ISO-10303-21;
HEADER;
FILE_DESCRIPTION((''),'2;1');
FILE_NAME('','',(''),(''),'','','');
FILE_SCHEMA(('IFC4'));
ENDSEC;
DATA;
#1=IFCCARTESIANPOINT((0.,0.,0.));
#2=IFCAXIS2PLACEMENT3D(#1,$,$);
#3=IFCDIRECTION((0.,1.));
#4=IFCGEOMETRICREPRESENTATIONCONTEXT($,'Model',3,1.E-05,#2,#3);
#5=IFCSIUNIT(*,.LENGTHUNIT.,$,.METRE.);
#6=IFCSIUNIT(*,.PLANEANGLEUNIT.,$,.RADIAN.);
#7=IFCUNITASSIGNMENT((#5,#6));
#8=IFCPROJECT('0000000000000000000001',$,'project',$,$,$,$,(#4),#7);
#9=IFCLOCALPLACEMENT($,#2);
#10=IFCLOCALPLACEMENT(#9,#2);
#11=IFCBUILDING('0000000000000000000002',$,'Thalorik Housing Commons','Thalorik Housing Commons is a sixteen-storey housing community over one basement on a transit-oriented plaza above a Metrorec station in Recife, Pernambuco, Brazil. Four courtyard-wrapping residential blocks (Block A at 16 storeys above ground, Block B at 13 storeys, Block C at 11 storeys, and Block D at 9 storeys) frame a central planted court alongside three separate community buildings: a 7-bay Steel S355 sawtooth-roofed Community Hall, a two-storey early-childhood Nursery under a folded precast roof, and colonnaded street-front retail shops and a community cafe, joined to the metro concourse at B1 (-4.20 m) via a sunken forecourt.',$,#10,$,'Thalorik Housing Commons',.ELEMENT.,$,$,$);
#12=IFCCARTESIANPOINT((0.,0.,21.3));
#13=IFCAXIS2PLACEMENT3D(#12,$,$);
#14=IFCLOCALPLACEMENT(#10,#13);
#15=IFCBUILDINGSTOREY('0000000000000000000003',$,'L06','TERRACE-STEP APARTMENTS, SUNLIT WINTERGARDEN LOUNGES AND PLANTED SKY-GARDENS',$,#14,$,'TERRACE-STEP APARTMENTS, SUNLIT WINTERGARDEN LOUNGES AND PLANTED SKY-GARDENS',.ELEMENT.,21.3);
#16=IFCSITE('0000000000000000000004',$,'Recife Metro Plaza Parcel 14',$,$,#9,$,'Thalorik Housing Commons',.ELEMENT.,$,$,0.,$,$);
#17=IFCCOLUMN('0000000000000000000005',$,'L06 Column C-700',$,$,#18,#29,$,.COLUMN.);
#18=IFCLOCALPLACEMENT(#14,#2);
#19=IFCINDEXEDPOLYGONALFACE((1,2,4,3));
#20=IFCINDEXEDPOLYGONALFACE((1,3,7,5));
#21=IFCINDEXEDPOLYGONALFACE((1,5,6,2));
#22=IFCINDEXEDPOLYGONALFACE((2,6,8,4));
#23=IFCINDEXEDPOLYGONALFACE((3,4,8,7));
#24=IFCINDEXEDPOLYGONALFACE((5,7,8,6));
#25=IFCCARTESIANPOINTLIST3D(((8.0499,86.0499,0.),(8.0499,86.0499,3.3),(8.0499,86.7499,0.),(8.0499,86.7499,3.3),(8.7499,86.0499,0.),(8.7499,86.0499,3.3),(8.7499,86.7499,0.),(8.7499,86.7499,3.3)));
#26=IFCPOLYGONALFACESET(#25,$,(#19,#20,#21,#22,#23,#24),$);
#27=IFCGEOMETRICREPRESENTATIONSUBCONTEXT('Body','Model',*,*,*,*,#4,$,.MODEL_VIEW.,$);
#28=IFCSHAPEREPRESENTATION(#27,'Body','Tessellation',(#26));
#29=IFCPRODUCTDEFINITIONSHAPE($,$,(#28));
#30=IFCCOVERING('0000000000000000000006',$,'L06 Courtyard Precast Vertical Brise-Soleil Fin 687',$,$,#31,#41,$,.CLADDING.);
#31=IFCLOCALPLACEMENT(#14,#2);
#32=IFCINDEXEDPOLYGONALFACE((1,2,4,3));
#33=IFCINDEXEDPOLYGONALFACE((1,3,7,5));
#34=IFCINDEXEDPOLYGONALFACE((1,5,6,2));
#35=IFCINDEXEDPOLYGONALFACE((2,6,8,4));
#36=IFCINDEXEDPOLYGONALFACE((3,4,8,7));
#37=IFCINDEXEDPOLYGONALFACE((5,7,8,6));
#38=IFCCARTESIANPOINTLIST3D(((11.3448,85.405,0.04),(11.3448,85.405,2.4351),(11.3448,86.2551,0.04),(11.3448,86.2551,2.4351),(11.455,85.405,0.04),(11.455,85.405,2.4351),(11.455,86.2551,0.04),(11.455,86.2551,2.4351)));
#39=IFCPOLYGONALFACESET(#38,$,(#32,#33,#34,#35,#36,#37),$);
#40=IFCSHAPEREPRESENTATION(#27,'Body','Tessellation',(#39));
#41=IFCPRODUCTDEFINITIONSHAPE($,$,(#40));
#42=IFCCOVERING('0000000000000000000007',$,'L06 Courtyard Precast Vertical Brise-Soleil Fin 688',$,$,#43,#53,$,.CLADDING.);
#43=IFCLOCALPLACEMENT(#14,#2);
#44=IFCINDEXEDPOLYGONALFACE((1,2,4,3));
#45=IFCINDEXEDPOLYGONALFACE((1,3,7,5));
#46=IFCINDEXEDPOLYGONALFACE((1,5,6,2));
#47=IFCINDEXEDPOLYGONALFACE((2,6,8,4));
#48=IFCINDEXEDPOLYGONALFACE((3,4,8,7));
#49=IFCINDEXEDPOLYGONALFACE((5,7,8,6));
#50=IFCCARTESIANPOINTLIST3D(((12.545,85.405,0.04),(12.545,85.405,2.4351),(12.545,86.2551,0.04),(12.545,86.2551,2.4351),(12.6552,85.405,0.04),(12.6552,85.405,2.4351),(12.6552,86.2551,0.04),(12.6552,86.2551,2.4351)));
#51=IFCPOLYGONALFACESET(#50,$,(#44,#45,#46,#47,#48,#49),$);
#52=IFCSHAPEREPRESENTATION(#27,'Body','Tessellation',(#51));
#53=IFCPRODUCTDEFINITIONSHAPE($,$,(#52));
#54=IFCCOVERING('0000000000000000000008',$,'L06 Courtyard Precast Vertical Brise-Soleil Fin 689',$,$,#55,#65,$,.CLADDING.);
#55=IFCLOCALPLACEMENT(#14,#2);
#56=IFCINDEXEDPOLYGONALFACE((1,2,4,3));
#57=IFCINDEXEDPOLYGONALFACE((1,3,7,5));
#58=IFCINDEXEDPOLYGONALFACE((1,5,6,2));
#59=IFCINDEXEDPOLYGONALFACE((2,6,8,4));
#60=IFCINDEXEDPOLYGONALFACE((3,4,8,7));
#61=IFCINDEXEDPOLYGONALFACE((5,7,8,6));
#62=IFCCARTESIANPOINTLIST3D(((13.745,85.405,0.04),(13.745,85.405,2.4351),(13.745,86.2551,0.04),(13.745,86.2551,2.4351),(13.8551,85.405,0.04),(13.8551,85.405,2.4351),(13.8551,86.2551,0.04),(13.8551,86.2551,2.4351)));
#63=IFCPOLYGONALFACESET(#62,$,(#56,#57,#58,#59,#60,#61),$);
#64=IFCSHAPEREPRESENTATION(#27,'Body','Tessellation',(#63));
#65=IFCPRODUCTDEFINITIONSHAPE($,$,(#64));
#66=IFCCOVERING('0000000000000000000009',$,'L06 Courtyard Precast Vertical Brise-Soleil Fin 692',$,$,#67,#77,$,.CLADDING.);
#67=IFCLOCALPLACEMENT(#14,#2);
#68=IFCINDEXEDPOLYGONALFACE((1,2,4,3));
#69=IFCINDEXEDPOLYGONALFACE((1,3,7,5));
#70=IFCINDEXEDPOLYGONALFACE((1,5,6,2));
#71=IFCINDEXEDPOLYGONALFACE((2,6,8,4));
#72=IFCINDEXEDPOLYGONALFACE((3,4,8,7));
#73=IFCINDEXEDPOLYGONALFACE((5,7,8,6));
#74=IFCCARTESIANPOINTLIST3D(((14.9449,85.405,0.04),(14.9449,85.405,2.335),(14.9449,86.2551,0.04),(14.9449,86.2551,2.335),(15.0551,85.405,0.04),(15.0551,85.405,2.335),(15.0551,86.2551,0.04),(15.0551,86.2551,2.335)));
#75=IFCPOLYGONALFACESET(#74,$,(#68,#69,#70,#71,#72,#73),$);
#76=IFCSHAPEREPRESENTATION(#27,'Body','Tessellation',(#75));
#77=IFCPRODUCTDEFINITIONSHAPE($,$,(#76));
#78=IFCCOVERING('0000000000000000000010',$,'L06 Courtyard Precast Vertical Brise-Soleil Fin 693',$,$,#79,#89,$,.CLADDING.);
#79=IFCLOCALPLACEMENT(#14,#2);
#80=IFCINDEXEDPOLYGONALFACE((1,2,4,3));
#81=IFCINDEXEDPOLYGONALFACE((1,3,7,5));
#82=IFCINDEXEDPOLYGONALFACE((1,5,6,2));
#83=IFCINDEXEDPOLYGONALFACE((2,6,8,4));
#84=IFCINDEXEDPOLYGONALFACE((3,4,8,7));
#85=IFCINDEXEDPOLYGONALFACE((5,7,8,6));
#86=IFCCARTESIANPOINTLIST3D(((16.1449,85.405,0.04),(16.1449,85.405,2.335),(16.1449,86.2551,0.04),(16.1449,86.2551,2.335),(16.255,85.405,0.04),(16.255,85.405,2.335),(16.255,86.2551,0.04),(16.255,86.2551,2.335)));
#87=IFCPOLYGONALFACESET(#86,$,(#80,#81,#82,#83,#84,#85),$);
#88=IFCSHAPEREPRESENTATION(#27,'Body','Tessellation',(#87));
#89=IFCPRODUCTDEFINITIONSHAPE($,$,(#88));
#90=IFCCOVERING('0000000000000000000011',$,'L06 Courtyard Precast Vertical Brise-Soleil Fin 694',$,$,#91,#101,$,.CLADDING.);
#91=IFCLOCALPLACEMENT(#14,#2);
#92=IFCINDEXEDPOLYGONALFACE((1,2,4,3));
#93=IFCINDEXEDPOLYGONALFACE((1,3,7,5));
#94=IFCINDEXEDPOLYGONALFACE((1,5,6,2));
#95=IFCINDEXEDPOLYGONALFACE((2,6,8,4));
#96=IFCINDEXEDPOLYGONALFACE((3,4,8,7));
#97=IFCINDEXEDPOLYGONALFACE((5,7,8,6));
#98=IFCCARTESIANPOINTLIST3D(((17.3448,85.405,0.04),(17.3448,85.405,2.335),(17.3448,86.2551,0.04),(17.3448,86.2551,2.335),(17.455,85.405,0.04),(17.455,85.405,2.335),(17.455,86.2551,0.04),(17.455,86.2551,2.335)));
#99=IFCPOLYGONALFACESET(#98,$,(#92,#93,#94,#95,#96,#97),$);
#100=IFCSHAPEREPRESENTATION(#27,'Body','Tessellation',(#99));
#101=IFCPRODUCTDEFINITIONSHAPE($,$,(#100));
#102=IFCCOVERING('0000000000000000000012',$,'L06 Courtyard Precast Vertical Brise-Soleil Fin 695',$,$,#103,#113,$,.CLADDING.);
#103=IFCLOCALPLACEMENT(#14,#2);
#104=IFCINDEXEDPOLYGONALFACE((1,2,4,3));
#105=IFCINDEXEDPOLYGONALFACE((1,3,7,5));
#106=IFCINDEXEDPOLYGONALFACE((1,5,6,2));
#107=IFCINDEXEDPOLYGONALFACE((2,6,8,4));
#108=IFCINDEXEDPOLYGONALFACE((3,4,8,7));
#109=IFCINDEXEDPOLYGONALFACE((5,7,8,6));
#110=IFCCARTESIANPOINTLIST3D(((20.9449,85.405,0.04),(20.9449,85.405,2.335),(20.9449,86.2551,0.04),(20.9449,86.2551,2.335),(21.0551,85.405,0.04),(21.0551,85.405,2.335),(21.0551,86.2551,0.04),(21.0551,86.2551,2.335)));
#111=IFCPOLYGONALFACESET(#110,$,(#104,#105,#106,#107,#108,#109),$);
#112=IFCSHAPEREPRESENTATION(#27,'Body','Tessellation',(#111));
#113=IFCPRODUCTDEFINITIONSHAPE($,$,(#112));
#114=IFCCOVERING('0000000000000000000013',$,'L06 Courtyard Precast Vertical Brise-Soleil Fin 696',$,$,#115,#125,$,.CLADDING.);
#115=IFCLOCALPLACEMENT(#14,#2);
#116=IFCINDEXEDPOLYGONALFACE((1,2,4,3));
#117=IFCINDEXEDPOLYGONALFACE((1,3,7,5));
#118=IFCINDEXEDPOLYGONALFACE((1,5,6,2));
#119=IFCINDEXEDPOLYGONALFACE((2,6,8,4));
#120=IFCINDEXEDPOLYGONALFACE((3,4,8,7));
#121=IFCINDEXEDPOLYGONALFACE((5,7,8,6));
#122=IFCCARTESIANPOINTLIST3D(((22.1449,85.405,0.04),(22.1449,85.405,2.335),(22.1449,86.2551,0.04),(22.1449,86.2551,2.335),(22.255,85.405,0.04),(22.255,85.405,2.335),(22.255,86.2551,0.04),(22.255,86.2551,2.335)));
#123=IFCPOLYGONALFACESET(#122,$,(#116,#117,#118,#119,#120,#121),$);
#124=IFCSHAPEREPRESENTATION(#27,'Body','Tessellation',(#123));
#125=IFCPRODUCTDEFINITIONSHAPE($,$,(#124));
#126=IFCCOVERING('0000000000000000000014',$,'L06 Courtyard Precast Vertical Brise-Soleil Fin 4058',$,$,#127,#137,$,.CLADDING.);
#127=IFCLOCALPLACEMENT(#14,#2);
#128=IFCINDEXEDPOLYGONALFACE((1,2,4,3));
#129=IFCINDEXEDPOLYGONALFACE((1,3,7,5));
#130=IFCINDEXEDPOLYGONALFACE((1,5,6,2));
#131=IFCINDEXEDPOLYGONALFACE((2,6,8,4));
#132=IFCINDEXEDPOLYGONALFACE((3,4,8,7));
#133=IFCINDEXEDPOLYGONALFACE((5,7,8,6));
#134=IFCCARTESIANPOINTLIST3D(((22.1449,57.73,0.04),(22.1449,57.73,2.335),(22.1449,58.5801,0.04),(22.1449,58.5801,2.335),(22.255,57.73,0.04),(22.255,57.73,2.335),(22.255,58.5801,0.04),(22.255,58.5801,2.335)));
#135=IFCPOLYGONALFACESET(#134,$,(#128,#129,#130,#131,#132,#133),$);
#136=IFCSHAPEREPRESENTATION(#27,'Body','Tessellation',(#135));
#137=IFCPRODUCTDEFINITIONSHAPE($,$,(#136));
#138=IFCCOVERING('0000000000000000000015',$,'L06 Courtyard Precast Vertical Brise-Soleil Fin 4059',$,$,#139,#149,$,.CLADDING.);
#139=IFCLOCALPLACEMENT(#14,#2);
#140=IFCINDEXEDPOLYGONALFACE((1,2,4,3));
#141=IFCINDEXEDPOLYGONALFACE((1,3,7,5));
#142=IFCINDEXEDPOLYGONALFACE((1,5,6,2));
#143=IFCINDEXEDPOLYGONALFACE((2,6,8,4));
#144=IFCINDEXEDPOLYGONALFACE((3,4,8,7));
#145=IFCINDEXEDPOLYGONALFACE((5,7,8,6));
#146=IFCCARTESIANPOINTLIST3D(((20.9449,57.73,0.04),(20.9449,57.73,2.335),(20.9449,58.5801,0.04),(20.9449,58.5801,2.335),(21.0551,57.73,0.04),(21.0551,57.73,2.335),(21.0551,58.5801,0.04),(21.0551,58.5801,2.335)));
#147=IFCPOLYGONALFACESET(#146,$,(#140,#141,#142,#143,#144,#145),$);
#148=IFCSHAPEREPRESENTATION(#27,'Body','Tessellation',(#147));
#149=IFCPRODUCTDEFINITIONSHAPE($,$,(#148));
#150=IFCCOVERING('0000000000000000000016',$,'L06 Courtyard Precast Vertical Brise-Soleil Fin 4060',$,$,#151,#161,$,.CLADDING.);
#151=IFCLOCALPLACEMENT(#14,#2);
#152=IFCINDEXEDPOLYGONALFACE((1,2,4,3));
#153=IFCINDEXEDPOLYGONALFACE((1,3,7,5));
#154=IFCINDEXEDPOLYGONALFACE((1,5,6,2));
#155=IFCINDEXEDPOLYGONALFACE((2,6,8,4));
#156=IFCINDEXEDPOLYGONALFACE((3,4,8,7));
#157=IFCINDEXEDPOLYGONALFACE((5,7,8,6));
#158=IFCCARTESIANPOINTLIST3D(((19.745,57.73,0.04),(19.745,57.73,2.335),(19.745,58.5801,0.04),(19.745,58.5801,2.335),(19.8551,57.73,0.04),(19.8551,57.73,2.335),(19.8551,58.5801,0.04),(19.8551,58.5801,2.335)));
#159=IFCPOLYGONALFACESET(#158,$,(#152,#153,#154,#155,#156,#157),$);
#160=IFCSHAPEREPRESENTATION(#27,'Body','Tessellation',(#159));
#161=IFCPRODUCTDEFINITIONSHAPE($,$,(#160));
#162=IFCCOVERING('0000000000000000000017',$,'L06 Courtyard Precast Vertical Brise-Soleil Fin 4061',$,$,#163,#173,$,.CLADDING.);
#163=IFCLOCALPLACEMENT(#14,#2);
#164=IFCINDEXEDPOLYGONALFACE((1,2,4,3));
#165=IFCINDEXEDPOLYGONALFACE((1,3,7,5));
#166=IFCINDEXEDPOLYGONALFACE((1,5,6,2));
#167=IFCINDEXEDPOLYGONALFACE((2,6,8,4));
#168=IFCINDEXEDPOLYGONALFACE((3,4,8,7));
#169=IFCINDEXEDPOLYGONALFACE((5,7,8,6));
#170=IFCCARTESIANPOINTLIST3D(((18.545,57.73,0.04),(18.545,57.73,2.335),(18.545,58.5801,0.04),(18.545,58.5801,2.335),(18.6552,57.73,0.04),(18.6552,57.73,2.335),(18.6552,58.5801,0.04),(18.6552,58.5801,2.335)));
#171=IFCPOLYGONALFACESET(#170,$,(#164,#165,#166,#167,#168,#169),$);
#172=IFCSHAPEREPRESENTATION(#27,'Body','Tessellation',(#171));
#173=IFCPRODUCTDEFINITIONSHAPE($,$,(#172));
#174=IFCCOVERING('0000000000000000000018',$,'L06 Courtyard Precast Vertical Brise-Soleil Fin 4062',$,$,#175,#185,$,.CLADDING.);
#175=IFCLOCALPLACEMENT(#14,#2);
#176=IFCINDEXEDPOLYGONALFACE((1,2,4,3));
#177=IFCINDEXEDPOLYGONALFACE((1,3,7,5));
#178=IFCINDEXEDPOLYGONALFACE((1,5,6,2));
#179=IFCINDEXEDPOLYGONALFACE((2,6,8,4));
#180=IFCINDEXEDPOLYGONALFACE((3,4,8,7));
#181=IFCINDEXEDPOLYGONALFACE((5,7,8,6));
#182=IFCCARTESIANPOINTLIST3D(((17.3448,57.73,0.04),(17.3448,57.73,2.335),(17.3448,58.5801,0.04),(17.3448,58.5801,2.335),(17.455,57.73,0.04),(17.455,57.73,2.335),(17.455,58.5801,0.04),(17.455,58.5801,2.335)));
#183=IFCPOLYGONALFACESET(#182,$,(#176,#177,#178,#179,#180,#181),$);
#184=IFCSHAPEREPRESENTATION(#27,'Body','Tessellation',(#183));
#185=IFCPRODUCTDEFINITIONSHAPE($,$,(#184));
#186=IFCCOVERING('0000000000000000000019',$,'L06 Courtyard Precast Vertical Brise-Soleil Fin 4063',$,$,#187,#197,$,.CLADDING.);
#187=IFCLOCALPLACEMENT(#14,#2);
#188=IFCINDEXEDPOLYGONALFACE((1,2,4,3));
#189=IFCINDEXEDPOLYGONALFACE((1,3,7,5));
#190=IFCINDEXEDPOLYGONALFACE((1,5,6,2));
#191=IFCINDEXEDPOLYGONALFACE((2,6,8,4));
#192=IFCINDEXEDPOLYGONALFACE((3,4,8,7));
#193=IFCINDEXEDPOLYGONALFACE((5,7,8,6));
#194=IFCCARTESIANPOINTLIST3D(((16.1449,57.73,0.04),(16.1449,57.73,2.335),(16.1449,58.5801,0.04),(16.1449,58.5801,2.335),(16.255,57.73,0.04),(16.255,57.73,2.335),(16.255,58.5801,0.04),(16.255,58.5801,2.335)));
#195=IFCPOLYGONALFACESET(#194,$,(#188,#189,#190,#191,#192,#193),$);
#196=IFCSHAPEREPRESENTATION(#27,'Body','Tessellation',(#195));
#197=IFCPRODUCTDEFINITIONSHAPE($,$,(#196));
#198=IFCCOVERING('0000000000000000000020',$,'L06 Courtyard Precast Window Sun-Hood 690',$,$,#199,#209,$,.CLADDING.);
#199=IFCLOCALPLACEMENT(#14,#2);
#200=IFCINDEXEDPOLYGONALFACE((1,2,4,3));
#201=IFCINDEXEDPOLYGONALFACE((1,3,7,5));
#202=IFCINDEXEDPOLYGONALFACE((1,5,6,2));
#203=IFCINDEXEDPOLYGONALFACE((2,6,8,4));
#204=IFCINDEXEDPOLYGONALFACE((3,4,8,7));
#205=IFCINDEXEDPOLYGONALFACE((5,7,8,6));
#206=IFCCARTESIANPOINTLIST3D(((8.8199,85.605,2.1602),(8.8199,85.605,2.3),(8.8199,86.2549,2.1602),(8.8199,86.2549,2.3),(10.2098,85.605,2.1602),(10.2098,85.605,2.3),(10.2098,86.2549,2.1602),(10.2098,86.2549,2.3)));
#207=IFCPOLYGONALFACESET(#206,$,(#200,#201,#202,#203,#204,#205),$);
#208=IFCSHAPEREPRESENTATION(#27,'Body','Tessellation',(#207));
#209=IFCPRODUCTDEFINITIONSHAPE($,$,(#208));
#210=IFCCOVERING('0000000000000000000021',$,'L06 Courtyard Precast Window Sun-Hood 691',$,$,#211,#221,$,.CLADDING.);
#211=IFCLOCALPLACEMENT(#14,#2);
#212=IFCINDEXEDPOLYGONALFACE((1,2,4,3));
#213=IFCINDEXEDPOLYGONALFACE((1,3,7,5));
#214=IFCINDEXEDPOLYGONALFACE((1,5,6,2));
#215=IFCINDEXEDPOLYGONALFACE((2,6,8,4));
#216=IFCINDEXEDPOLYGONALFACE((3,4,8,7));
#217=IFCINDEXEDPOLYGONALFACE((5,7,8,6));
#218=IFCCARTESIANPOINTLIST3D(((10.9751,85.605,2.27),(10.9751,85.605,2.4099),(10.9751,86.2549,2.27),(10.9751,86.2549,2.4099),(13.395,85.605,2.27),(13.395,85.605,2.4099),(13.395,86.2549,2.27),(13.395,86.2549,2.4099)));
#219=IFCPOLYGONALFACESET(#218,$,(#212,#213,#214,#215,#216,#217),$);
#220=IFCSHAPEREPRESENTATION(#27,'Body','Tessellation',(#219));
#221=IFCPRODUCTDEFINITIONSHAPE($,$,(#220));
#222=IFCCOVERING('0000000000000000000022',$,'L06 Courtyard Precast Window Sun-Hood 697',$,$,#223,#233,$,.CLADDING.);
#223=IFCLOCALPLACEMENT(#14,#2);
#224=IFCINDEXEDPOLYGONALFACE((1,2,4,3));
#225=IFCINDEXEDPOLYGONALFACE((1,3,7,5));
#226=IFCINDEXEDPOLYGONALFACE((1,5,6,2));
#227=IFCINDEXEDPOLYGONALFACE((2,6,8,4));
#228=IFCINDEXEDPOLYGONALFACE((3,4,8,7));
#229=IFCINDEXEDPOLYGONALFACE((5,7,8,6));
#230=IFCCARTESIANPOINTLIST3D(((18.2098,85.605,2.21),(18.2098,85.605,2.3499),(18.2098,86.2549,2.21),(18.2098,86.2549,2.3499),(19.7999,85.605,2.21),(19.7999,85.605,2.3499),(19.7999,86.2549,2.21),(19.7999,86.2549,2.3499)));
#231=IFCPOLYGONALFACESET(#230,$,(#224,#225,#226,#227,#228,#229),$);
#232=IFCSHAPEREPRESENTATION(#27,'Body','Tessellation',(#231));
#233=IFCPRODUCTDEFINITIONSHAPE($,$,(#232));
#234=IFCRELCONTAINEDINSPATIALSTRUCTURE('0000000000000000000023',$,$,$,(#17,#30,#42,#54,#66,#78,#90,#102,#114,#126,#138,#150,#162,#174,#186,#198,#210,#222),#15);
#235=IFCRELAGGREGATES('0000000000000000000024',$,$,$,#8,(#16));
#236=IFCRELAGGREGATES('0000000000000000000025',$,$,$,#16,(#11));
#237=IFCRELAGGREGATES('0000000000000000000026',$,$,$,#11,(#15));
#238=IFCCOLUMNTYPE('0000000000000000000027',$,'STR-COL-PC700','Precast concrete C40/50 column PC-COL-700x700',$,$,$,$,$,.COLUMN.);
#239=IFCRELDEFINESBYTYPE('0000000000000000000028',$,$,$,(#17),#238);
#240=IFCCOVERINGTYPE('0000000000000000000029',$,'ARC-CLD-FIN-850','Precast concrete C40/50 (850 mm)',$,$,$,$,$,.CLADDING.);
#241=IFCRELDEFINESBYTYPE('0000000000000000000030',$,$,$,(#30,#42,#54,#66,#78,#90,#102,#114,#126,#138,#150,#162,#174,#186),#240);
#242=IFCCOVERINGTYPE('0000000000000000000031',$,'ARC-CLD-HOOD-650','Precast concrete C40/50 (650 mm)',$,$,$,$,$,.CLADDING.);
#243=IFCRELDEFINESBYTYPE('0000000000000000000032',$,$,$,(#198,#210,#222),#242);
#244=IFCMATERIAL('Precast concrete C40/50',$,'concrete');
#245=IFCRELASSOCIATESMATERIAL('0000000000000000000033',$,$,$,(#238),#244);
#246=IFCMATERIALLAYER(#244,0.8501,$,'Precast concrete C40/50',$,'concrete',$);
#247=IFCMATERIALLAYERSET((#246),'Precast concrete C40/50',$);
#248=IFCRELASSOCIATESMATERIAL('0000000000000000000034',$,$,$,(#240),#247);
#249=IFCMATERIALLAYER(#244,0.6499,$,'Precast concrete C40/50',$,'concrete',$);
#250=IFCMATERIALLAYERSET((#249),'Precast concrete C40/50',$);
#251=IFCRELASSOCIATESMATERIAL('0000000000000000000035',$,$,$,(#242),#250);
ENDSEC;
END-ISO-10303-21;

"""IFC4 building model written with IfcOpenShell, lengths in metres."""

from ifc_helpers import new_model, si_unit, direction, frame, origin, origin_2d, place, context, subcontext, project, spatial, rectangle, extrude, material, layer, layer_set, material_profile, profile_set, type_object, element, save


model = new_model("IFC4")

# Units and contexts
model_context = context("Model", 3, precision=1e-05, world=origin(), true_north=direction((0.0, 1.0)))
body_context = subcontext(model_context, "Body", "Model", "MODEL_VIEW")
ifc_project = project(units=[si_unit("LENGTHUNIT", "METRE"), si_unit("PLANEANGLEUNIT", "RADIAN")], contexts=[model_context])

# Site, building, storey
site_placement = place(None, origin())
site = spatial("IfcSite", under=ifc_project, at=site_placement, Name="Recife Metro Plaza Parcel 14", LongName="Thalorik Housing Commons", CompositionType="ELEMENT", RefElevation=0.0)
building_placement = place(site_placement, origin())
building = spatial("IfcBuilding", under=site, at=building_placement, Name="Thalorik Housing Commons", Description="Thalorik Housing Commons is a sixteen-storey housing community over one basement on a transit-oriented plaza above a Metrorec station in Recife, Pernambuco, Brazil. Four courtyard-wrapping residential blocks (Block A at 16 storeys above ground, Block B at 13 storeys, Block C at 11 storeys, and Block D at 9 storeys) frame a central planted court alongside three separate community buildings: a 7-bay Steel S355 sawtooth-roofed Community Hall, a two-storey early-childhood Nursery under a folded precast roof, and colonnaded street-front retail shops and a community cafe, joined to the metro concourse at B1 (-4.20 m) via a sunken forecourt.", LongName="Thalorik Housing Commons", CompositionType="ELEMENT")
storey_placement = place(building_placement, frame((0.0, 0.0, 21.3)))
storey = spatial("IfcBuildingStorey", under=building, at=storey_placement, Name="L06", Description="TERRACE-STEP APARTMENTS, SUNLIT WINTERGARDEN LOUNGES AND PLANTED SKY-GARDENS", LongName="TERRACE-STEP APARTMENTS, SUNLIT WINTERGARDEN LOUNGES AND PLANTED SKY-GARDENS", CompositionType="ELEMENT", Elevation=21.3)

# Column
ifc_material_1 = material(Name="Precast concrete C40/50", Category="concrete")
ifc_material_profile = material_profile(ifc_material_1, rectangle(XDim=0.7, YDim=0.7, at=origin_2d()), Name="PC 700x700", Category="concrete")
ifc_profile_set = profile_set([ifc_material_profile], Name="Precast concrete C40/50")
column_type = type_object("IfcColumnType", Name="STR-COL-PC700", Description="Precast concrete C40/50 column PC-COL-700x700", PredefinedType="COLUMN", material=ifc_profile_set)
column_placement = place(storey_placement, frame((8.3999, 86.3999, 0.0), z_axis=(0.0, 0.0, 1.0), x_axis=(1.0, 0.0, 0.0)))
element("IfcColumn", 1, at=column_placement, inside=storey, type_object=column_type, Name="L06 Column C-700", PredefinedType="COLUMN", context=body_context, shape_type="SweptSolid", body=[
    extrude(rectangle(XDim=0.7, YDim=0.7, at=origin_2d()), origin(), (0.0, 0.0, 1.0), 3.3),
])

# Coverings
ifc_layer_1 = layer(ifc_material_1, 0.8501, Name="Precast concrete C40/50", Category="concrete")
ifc_layer_set_1 = layer_set([ifc_layer_1], Name="Precast concrete C40/50")
covering_type_1 = type_object("IfcCoveringType", Name="ARC-CLD-FIN-850", Description="Precast concrete C40/50 (850 mm)", PredefinedType="CLADDING", material=ifc_layer_set_1)
for number, where, z_axis, x_axis, name in (
    (2, (11.3999, 85.8301, 0.04), (0.0, 0.0, 1.0), (1.0, 0.0, 0.0), "L06 Courtyard Precast Vertical Brise-Soleil Fin 687"),
    (3, (12.6001, 85.8301, 0.04), (0.0, 0.0, 1.0), (1.0, 0.0, 0.0), "L06 Courtyard Precast Vertical Brise-Soleil Fin 688"),
    (4, (13.8, 85.8301, 0.04), (0.0, 0.0, 1.0), (1.0, 0.0, 0.0), "L06 Courtyard Precast Vertical Brise-Soleil Fin 689"),
):
    element("IfcCovering", number, at=place(storey_placement, frame(where, z_axis=z_axis, x_axis=x_axis)), inside=storey, type_object=covering_type_1, Name=name, PredefinedType="CLADDING", context=body_context, shape_type="SweptSolid", body=[
        extrude(rectangle(XDim=0.1101, YDim=0.8501, at=origin_2d()), origin(), (0.0, 0.0, 1.0), 2.395),
    ])
for number, where, z_axis, x_axis, name in (
    (5, (15.0, 85.8301, 0.04), (0.0, 0.0, 1.0), (1.0, 0.0, 0.0), "L06 Courtyard Precast Vertical Brise-Soleil Fin 692"),
    (6, (16.2, 85.8301, 0.04), (0.0, 0.0, 1.0), (1.0, 0.0, 0.0), "L06 Courtyard Precast Vertical Brise-Soleil Fin 693"),
    (7, (17.3999, 85.8301, 0.04), (0.0, 0.0, 1.0), (1.0, 0.0, 0.0), "L06 Courtyard Precast Vertical Brise-Soleil Fin 694"),
    (8, (21.0, 85.8301, 0.04), (0.0, 0.0, 1.0), (1.0, 0.0, 0.0), "L06 Courtyard Precast Vertical Brise-Soleil Fin 695"),
    (9, (22.2, 85.8301, 0.04), (0.0, 0.0, 1.0), (1.0, 0.0, 0.0), "L06 Courtyard Precast Vertical Brise-Soleil Fin 696"),
    (10, (22.2, 58.155, 0.04), (0.0, 0.0, 1.0), (-1.0, 0.0, 0.0), "L06 Courtyard Precast Vertical Brise-Soleil Fin 4058"),
    (11, (21.0, 58.155, 0.04), (0.0, 0.0, 1.0), (-1.0, 0.0, 0.0), "L06 Courtyard Precast Vertical Brise-Soleil Fin 4059"),
    (12, (19.8, 58.155, 0.04), (0.0, 0.0, 1.0), (-1.0, 0.0, 0.0), "L06 Courtyard Precast Vertical Brise-Soleil Fin 4060"),
    (13, (18.6001, 58.155, 0.04), (0.0, 0.0, 1.0), (-1.0, 0.0, 0.0), "L06 Courtyard Precast Vertical Brise-Soleil Fin 4061"),
    (14, (17.3999, 58.155, 0.04), (0.0, 0.0, 1.0), (-1.0, 0.0, 0.0), "L06 Courtyard Precast Vertical Brise-Soleil Fin 4062"),
    (15, (16.2, 58.155, 0.04), (0.0, 0.0, 1.0), (-1.0, 0.0, 0.0), "L06 Courtyard Precast Vertical Brise-Soleil Fin 4063"),
):
    element("IfcCovering", number, at=place(storey_placement, frame(where, z_axis=z_axis, x_axis=x_axis)), inside=storey, type_object=covering_type_1, Name=name, PredefinedType="CLADDING", context=body_context, shape_type="SweptSolid", body=[
        extrude(rectangle(XDim=0.1101, YDim=0.8501, at=origin_2d()), origin(), (0.0, 0.0, 1.0), 2.2949),
    ])
ifc_layer_2 = layer(ifc_material_1, 0.6499, Name="Precast concrete C40/50", Category="concrete")
ifc_layer_set_2 = layer_set([ifc_layer_2], Name="Precast concrete C40/50")
covering_type_2 = type_object("IfcCoveringType", Name="ARC-CLD-HOOD-650", Description="Precast concrete C40/50 (650 mm)", PredefinedType="CLADDING", material=ifc_layer_set_2)
covering_1_placement = place(storey_placement, frame((9.5149, 85.9299, 2.1602), z_axis=(0.0, 0.0, 1.0), x_axis=(1.0, 0.0, 0.0)))
element("IfcCovering", 16, at=covering_1_placement, inside=storey, type_object=covering_type_2, Name="L06 Courtyard Precast Window Sun-Hood 690", PredefinedType="CLADDING", context=body_context, shape_type="SweptSolid", body=[
    extrude(rectangle(XDim=1.3899, YDim=0.6499, at=origin_2d()), origin(), (0.0, 0.0, 1.0), 0.1399),
])
covering_2_placement = place(storey_placement, frame((12.1851, 85.9299, 2.27), z_axis=(0.0, 0.0, 1.0), x_axis=(1.0, 0.0, 0.0)))
element("IfcCovering", 17, at=covering_2_placement, inside=storey, type_object=covering_type_2, Name="L06 Courtyard Precast Window Sun-Hood 691", PredefinedType="CLADDING", context=body_context, shape_type="SweptSolid", body=[
    extrude(rectangle(XDim=2.4199, YDim=0.6499, at=origin_2d()), origin(), (0.0, 0.0, 1.0), 0.1399),
])
covering_3_placement = place(storey_placement, frame((19.0049, 85.9299, 2.21), z_axis=(0.0, 0.0, 1.0), x_axis=(1.0, 0.0, 0.0)))
element("IfcCovering", 18, at=covering_3_placement, inside=storey, type_object=covering_type_2, Name="L06 Courtyard Precast Window Sun-Hood 697", PredefinedType="CLADDING", context=body_context, shape_type="SweptSolid", body=[
    extrude(rectangle(XDim=1.5901, YDim=0.6499, at=origin_2d()), origin(), (0.0, 0.0, 1.0), 0.1399),
])

save(model, "model.ifc")
